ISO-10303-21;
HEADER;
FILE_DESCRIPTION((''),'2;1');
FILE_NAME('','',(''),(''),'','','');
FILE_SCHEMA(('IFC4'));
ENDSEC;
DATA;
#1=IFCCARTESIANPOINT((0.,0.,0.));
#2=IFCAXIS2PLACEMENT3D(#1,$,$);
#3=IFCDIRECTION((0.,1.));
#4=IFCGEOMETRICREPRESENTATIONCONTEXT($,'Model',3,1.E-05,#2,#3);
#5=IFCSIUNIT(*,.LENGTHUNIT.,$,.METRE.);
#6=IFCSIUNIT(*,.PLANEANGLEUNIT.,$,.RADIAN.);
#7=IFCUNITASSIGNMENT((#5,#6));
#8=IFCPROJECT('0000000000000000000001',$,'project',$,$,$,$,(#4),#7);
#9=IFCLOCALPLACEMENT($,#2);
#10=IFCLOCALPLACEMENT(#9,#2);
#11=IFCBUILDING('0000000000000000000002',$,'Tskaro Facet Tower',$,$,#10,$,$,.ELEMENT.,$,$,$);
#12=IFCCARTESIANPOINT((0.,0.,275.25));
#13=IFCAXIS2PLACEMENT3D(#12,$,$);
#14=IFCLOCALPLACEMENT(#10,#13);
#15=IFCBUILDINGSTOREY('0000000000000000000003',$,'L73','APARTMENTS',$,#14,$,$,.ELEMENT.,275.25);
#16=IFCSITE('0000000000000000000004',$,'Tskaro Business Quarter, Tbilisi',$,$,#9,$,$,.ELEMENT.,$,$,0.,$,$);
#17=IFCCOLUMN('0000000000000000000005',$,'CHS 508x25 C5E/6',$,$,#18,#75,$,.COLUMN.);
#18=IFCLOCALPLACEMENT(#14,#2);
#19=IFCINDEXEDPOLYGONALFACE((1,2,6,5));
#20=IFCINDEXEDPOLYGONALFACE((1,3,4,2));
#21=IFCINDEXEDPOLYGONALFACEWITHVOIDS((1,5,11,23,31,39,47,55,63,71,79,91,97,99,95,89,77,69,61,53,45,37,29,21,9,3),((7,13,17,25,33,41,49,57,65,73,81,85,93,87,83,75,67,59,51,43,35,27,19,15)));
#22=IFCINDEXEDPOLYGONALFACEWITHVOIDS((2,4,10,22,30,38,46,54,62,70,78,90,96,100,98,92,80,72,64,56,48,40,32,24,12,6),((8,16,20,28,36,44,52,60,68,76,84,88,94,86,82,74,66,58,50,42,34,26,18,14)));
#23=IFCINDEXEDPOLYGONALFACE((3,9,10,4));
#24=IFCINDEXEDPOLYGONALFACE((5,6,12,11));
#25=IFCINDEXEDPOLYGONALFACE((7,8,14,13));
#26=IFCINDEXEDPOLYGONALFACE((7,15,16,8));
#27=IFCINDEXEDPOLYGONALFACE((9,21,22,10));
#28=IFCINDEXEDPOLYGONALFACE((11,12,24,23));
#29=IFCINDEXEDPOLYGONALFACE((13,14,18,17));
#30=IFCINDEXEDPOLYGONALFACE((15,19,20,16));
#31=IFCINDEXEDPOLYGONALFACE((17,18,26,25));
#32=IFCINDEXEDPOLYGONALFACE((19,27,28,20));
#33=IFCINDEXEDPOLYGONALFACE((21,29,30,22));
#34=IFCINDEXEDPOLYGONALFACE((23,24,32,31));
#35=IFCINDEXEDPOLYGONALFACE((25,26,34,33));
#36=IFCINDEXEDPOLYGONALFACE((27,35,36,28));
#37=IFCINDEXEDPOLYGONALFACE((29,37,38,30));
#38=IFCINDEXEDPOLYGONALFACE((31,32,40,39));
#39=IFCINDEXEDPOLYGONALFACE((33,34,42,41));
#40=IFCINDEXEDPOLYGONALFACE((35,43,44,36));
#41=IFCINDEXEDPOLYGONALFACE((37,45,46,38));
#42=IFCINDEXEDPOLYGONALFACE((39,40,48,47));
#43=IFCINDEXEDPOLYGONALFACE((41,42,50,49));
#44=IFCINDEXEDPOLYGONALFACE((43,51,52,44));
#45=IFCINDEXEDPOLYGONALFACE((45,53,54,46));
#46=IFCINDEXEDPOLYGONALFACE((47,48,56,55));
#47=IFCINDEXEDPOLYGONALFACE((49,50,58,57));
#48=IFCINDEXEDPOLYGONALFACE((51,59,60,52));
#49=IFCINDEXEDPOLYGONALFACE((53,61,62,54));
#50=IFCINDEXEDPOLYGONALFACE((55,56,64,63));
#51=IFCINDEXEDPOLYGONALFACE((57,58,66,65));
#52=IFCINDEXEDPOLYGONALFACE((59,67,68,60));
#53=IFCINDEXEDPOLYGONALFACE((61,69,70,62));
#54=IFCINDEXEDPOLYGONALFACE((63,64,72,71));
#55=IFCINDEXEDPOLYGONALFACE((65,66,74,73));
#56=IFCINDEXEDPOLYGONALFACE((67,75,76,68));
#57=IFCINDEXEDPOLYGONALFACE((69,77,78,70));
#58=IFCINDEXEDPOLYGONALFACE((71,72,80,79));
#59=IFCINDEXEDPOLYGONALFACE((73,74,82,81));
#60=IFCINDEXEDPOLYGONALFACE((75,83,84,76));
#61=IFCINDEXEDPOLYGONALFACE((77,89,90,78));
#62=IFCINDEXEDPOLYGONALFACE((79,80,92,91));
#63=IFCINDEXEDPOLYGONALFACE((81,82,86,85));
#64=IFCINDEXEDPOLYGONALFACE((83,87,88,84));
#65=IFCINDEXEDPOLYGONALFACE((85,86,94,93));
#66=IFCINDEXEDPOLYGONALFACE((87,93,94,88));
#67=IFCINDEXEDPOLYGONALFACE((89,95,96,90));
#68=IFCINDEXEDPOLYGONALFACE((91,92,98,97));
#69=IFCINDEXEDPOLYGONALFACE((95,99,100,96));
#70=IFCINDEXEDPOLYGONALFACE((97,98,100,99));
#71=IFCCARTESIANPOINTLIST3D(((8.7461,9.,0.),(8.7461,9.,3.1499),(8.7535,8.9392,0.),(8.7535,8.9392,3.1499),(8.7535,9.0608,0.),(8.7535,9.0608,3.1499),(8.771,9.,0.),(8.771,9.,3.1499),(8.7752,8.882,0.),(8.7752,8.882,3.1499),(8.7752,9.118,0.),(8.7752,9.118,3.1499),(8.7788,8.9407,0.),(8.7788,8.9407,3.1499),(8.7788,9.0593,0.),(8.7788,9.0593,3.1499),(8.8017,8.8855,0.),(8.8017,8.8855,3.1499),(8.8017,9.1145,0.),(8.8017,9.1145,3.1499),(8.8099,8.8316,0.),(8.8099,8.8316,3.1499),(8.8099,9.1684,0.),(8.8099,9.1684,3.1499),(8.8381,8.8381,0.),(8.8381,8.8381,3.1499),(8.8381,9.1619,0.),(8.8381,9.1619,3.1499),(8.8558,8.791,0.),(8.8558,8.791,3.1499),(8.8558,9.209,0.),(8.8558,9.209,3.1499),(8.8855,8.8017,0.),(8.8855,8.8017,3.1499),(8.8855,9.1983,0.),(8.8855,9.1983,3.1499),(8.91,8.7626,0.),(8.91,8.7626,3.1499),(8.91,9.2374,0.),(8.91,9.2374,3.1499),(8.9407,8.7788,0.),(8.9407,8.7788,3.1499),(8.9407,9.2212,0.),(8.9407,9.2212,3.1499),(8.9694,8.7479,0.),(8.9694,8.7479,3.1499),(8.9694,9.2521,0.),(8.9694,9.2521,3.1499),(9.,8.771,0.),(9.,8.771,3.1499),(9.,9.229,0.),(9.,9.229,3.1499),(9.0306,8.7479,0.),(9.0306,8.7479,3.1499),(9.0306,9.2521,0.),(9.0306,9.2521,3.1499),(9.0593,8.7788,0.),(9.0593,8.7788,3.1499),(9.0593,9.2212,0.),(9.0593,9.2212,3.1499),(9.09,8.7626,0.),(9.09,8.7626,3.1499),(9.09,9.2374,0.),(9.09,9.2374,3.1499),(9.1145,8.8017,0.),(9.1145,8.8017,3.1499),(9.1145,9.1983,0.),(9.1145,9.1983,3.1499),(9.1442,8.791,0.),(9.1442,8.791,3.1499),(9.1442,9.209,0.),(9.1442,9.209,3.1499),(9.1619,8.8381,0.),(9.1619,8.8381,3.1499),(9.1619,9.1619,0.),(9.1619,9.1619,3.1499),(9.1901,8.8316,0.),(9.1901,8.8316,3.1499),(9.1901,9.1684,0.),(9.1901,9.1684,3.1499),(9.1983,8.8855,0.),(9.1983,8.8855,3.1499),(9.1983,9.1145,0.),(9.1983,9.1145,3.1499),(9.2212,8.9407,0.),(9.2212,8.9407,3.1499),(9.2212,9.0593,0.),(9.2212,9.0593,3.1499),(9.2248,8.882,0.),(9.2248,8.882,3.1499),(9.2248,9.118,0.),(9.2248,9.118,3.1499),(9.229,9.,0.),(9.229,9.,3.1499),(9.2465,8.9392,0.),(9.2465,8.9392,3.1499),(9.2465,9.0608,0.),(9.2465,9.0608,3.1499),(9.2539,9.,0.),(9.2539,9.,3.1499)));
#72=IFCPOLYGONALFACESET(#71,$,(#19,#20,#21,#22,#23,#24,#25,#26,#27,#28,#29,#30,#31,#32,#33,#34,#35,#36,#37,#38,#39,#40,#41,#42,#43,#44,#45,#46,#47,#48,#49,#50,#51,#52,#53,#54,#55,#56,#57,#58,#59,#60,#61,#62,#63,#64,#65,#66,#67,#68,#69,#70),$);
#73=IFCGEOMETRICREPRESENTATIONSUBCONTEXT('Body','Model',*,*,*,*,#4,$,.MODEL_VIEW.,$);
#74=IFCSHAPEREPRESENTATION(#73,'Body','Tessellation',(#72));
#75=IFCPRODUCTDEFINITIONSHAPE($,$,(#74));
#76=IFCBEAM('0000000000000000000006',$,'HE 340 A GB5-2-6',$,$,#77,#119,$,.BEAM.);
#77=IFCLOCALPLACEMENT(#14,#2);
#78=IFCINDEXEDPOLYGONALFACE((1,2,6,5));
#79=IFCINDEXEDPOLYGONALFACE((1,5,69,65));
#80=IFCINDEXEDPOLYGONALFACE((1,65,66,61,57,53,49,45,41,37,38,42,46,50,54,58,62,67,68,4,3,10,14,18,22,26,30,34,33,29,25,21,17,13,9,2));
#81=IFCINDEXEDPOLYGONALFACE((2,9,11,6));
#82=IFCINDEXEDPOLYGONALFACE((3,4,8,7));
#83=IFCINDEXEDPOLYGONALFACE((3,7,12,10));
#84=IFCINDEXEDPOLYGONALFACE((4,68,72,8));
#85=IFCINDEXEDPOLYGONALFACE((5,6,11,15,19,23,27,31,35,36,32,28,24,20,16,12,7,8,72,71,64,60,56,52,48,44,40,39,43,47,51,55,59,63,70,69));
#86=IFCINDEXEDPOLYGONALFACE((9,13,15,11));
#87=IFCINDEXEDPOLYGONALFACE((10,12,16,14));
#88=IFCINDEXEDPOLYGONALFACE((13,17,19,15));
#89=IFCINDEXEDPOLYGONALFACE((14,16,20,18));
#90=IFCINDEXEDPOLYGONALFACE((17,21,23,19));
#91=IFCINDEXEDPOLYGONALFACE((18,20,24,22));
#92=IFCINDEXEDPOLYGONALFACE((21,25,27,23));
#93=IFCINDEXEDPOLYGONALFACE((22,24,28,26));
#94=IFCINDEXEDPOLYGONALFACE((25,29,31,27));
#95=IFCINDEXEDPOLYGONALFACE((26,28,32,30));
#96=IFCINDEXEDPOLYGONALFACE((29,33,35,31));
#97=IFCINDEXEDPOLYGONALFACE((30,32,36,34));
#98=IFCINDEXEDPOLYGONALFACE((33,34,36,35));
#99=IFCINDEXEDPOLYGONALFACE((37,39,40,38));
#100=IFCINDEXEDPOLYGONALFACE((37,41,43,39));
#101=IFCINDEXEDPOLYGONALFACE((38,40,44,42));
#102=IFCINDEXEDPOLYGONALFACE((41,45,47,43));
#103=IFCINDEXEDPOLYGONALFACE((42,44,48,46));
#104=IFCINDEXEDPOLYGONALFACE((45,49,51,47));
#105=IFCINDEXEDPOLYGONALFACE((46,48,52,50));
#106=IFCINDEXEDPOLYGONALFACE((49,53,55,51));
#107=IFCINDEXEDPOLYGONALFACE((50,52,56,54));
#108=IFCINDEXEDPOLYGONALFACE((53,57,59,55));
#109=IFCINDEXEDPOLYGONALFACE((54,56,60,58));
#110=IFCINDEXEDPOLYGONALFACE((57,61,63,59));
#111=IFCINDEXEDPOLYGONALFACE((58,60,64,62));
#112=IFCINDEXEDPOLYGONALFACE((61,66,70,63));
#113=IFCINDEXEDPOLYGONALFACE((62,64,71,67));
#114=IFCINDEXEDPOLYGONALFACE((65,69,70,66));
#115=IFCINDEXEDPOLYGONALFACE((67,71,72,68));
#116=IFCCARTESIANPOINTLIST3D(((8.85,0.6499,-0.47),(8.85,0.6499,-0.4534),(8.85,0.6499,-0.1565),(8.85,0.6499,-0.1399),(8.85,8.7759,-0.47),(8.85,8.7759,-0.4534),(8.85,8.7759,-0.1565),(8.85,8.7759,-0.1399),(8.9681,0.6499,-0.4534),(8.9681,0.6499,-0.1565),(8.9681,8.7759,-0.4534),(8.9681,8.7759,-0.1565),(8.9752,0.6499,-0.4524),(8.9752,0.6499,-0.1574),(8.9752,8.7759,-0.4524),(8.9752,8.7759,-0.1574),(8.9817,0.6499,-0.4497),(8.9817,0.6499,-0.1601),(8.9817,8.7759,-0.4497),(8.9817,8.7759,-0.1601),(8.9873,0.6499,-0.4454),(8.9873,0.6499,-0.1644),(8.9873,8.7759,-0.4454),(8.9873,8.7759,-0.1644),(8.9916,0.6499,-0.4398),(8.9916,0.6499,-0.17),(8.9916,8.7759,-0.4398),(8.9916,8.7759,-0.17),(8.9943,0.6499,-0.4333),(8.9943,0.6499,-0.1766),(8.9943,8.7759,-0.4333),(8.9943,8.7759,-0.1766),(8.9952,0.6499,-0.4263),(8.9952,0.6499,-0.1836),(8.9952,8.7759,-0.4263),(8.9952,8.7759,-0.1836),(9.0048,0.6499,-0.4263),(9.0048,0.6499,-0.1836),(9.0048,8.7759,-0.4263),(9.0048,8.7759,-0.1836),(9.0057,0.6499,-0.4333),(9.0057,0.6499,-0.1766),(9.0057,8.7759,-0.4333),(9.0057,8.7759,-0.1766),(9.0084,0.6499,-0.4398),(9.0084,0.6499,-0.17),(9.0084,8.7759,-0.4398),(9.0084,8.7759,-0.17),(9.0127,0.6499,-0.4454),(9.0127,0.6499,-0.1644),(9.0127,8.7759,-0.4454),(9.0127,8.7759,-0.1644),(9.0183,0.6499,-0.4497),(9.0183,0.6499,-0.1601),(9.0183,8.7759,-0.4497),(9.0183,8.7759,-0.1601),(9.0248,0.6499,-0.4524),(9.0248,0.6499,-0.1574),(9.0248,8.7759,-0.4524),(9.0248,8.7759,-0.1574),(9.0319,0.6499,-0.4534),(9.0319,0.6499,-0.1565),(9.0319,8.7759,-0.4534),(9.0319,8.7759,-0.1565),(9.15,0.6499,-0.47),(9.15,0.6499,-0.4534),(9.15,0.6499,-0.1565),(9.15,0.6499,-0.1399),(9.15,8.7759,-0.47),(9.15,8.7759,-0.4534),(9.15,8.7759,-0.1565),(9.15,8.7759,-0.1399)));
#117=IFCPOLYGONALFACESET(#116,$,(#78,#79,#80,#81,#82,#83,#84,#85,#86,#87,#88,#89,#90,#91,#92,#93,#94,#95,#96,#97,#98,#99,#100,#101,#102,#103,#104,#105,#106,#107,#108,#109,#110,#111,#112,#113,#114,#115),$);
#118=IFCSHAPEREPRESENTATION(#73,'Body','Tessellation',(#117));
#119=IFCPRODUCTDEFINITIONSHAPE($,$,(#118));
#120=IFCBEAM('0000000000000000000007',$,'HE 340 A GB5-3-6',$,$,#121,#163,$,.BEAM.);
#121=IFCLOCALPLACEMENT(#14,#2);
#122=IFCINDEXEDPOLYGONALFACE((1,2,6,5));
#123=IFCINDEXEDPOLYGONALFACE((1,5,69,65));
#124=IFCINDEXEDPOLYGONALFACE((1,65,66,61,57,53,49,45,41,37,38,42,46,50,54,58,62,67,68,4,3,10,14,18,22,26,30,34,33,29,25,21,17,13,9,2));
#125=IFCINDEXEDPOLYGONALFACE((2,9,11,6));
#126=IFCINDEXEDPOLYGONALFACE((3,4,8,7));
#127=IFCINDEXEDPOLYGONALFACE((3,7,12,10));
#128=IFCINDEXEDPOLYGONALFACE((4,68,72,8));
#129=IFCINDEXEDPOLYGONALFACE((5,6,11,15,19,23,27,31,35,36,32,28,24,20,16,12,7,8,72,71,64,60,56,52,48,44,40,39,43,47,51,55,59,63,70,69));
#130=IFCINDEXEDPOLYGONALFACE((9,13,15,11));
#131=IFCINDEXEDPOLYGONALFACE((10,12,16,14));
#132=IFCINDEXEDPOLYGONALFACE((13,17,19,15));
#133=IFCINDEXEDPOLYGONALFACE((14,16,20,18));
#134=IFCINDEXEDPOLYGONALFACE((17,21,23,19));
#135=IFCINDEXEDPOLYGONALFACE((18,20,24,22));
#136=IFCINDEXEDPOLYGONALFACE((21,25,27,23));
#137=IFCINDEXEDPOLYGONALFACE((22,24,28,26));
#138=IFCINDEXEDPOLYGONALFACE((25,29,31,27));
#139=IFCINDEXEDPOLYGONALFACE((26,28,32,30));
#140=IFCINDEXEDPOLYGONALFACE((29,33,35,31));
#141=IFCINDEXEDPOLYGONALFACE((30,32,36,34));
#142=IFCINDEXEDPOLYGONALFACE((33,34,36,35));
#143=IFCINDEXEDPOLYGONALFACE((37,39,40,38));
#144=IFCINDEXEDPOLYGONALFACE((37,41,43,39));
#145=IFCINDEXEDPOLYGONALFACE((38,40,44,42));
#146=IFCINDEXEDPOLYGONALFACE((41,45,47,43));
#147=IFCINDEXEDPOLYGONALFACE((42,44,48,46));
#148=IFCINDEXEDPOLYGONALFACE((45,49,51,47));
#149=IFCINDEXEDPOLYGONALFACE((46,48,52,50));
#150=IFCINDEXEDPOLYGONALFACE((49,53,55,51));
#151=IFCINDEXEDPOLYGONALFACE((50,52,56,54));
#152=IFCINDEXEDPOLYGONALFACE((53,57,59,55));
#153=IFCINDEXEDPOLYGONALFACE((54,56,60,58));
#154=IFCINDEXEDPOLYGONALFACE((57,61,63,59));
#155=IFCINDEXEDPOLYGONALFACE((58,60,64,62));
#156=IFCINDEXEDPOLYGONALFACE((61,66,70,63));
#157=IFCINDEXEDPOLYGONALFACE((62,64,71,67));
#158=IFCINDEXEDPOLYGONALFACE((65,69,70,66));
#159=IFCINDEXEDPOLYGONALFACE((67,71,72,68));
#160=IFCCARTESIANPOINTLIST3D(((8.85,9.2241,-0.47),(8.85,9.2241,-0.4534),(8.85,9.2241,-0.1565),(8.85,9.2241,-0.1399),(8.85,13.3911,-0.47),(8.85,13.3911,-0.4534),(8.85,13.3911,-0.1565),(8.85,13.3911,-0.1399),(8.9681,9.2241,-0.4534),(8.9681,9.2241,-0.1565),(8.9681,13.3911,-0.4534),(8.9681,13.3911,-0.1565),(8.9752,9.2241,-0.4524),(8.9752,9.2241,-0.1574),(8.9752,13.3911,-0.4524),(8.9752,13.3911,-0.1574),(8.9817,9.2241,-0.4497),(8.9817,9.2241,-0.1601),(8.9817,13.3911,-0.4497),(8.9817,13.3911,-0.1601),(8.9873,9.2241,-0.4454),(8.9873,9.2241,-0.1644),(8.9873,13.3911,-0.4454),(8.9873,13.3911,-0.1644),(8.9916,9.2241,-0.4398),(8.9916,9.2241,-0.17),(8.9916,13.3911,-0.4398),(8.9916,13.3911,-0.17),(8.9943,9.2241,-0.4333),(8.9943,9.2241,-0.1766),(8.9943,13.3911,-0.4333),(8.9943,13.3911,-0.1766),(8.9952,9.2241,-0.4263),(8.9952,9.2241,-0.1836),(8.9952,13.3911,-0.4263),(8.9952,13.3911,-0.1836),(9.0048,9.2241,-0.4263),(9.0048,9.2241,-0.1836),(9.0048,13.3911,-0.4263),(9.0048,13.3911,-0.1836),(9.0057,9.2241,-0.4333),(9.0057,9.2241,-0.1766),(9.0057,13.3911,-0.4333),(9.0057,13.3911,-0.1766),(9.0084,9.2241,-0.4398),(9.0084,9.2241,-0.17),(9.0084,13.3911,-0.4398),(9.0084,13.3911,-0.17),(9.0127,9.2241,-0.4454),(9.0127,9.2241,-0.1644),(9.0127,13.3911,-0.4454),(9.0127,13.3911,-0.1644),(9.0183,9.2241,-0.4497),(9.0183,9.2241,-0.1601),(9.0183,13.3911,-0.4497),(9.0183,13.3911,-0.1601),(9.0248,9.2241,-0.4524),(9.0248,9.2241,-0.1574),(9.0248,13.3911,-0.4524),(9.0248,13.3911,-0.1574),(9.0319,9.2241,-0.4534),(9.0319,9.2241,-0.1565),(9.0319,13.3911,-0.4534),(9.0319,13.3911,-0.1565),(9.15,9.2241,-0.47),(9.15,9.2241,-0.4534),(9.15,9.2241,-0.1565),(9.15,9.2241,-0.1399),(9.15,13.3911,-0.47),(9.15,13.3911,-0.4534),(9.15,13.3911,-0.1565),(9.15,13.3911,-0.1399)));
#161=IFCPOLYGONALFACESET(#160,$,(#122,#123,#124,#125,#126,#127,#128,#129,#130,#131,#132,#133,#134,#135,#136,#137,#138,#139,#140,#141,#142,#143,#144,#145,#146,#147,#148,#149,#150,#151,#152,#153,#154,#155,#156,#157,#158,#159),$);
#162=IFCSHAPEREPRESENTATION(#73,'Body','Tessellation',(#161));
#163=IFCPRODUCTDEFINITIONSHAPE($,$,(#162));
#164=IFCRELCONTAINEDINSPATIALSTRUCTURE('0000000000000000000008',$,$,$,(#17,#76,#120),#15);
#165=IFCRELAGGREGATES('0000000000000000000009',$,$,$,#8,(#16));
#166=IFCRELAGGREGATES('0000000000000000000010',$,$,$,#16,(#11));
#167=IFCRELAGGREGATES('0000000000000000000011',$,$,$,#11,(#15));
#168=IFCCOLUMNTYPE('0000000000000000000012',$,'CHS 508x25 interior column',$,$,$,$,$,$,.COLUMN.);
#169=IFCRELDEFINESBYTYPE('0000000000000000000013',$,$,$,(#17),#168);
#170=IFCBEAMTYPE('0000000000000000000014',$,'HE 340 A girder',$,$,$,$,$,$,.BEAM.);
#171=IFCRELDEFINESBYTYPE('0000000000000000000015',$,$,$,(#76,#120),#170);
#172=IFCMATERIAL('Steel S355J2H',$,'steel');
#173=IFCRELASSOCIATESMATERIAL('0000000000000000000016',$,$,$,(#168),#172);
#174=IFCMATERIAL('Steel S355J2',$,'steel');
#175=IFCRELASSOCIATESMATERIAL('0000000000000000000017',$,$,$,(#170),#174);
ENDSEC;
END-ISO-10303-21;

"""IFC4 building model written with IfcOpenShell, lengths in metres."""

from ifc_helpers import new_model, si_unit, direction, frame, origin, origin_2d, place, context, subcontext, project, spatial, hollow_circle, i_section, extrude, material, material_profile, profile_set, type_object, element, save


model = new_model("IFC4")

# Units and contexts
model_context = context("Model", 3, precision=1e-05, world=origin(), true_north=direction((0.0, 1.0)))
body_context = subcontext(model_context, "Body", "Model", "MODEL_VIEW")
ifc_project = project(units=[si_unit("LENGTHUNIT", "METRE"), si_unit("PLANEANGLEUNIT", "RADIAN")], contexts=[model_context])

# Site, building, storey
site_placement = place(None, origin())
site = spatial("IfcSite", under=ifc_project, at=site_placement, Name="Tskaro Business Quarter, Tbilisi", CompositionType="ELEMENT", RefElevation=0.0)
building_placement = place(site_placement, origin())
building = spatial("IfcBuilding", under=site, at=building_placement, Name="Tskaro Facet Tower", CompositionType="ELEMENT")
storey_placement = place(building_placement, frame((0.0, 0.0, 275.25)))
storey = spatial("IfcBuildingStorey", under=building, at=storey_placement, Name="L73", Description="APARTMENTS", CompositionType="ELEMENT", Elevation=275.25)

# Column
ifc_material_1 = material(Name="Steel S355J2H", Category="steel")
ifc_material_profile_1 = material_profile(ifc_material_1, hollow_circle(Radius=0.2539, WallThickness=0.0249, at=origin_2d()), Name="CHS 508x25")
ifc_profile_set_1 = profile_set([ifc_material_profile_1], Name="Steel S355J2H")
column_type = type_object("IfcColumnType", Name="CHS 508x25 interior column", PredefinedType="COLUMN", material=ifc_profile_set_1)
column_placement = place(storey_placement, frame((9.0, 9.0, 0.0), z_axis=(0.0, 0.0, 1.0), x_axis=(1.0, 0.0, 0.0)))
element("IfcColumn", 1, at=column_placement, inside=storey, type_object=column_type, Name="CHS 508x25 C5E/6", PredefinedType="COLUMN", context=body_context, shape_type="SweptSolid", body=[
    extrude(hollow_circle(Radius=0.2539, WallThickness=0.0249, at=origin_2d()), origin(), (0.0, 0.0, 1.0), 3.1499),
])

# Beams
ifc_material_2 = material(Name="Steel S355J2", Category="steel")
ifc_material_profile_2 = material_profile(ifc_material_2, i_section(OverallWidth=0.3, OverallDepth=0.3301, WebThickness=0.0095, FlangeThickness=0.0166, FilletRadius=0.0271, at=origin_2d()), Name="HE 340 A")
ifc_profile_set_2 = profile_set([ifc_material_profile_2], Name="Steel S355J2")
beam_type_1 = type_object("IfcBeamType", Name="HE 340 A girder", PredefinedType="BEAM", material=ifc_profile_set_2)
beam_1_placement = place(storey_placement, frame((9.0, 0.6499, -0.3049), z_axis=(0.0, 1.0, 0.0), x_axis=(-1.0, 0.0, 0.0)))
element("IfcBeam", 2, at=beam_1_placement, inside=storey, type_object=beam_type_1, Name="HE 340 A GB5-2-6", PredefinedType="BEAM", context=body_context, shape_type="SweptSolid", body=[
    extrude(i_section(OverallWidth=0.3, OverallDepth=0.3301, WebThickness=0.0095, FlangeThickness=0.0166, FilletRadius=0.0271, at=origin_2d()), origin(), (0.0, 0.0, 1.0), 8.126),
])
beam_2_placement = place(storey_placement, frame((9.0, 9.2241, -0.3049), z_axis=(0.0, 1.0, 0.0), x_axis=(-1.0, 0.0, 0.0)))
element("IfcBeam", 3, at=beam_2_placement, inside=storey, type_object=beam_type_1, Name="HE 340 A GB5-3-6", PredefinedType="BEAM", context=body_context, shape_type="SweptSolid", body=[
    extrude(i_section(OverallWidth=0.3, OverallDepth=0.3301, WebThickness=0.0095, FlangeThickness=0.0166, FilletRadius=0.0271, at=origin_2d()), origin(), (0.0, 0.0, 1.0), 4.167),
])

save(model, "model.ifc")
